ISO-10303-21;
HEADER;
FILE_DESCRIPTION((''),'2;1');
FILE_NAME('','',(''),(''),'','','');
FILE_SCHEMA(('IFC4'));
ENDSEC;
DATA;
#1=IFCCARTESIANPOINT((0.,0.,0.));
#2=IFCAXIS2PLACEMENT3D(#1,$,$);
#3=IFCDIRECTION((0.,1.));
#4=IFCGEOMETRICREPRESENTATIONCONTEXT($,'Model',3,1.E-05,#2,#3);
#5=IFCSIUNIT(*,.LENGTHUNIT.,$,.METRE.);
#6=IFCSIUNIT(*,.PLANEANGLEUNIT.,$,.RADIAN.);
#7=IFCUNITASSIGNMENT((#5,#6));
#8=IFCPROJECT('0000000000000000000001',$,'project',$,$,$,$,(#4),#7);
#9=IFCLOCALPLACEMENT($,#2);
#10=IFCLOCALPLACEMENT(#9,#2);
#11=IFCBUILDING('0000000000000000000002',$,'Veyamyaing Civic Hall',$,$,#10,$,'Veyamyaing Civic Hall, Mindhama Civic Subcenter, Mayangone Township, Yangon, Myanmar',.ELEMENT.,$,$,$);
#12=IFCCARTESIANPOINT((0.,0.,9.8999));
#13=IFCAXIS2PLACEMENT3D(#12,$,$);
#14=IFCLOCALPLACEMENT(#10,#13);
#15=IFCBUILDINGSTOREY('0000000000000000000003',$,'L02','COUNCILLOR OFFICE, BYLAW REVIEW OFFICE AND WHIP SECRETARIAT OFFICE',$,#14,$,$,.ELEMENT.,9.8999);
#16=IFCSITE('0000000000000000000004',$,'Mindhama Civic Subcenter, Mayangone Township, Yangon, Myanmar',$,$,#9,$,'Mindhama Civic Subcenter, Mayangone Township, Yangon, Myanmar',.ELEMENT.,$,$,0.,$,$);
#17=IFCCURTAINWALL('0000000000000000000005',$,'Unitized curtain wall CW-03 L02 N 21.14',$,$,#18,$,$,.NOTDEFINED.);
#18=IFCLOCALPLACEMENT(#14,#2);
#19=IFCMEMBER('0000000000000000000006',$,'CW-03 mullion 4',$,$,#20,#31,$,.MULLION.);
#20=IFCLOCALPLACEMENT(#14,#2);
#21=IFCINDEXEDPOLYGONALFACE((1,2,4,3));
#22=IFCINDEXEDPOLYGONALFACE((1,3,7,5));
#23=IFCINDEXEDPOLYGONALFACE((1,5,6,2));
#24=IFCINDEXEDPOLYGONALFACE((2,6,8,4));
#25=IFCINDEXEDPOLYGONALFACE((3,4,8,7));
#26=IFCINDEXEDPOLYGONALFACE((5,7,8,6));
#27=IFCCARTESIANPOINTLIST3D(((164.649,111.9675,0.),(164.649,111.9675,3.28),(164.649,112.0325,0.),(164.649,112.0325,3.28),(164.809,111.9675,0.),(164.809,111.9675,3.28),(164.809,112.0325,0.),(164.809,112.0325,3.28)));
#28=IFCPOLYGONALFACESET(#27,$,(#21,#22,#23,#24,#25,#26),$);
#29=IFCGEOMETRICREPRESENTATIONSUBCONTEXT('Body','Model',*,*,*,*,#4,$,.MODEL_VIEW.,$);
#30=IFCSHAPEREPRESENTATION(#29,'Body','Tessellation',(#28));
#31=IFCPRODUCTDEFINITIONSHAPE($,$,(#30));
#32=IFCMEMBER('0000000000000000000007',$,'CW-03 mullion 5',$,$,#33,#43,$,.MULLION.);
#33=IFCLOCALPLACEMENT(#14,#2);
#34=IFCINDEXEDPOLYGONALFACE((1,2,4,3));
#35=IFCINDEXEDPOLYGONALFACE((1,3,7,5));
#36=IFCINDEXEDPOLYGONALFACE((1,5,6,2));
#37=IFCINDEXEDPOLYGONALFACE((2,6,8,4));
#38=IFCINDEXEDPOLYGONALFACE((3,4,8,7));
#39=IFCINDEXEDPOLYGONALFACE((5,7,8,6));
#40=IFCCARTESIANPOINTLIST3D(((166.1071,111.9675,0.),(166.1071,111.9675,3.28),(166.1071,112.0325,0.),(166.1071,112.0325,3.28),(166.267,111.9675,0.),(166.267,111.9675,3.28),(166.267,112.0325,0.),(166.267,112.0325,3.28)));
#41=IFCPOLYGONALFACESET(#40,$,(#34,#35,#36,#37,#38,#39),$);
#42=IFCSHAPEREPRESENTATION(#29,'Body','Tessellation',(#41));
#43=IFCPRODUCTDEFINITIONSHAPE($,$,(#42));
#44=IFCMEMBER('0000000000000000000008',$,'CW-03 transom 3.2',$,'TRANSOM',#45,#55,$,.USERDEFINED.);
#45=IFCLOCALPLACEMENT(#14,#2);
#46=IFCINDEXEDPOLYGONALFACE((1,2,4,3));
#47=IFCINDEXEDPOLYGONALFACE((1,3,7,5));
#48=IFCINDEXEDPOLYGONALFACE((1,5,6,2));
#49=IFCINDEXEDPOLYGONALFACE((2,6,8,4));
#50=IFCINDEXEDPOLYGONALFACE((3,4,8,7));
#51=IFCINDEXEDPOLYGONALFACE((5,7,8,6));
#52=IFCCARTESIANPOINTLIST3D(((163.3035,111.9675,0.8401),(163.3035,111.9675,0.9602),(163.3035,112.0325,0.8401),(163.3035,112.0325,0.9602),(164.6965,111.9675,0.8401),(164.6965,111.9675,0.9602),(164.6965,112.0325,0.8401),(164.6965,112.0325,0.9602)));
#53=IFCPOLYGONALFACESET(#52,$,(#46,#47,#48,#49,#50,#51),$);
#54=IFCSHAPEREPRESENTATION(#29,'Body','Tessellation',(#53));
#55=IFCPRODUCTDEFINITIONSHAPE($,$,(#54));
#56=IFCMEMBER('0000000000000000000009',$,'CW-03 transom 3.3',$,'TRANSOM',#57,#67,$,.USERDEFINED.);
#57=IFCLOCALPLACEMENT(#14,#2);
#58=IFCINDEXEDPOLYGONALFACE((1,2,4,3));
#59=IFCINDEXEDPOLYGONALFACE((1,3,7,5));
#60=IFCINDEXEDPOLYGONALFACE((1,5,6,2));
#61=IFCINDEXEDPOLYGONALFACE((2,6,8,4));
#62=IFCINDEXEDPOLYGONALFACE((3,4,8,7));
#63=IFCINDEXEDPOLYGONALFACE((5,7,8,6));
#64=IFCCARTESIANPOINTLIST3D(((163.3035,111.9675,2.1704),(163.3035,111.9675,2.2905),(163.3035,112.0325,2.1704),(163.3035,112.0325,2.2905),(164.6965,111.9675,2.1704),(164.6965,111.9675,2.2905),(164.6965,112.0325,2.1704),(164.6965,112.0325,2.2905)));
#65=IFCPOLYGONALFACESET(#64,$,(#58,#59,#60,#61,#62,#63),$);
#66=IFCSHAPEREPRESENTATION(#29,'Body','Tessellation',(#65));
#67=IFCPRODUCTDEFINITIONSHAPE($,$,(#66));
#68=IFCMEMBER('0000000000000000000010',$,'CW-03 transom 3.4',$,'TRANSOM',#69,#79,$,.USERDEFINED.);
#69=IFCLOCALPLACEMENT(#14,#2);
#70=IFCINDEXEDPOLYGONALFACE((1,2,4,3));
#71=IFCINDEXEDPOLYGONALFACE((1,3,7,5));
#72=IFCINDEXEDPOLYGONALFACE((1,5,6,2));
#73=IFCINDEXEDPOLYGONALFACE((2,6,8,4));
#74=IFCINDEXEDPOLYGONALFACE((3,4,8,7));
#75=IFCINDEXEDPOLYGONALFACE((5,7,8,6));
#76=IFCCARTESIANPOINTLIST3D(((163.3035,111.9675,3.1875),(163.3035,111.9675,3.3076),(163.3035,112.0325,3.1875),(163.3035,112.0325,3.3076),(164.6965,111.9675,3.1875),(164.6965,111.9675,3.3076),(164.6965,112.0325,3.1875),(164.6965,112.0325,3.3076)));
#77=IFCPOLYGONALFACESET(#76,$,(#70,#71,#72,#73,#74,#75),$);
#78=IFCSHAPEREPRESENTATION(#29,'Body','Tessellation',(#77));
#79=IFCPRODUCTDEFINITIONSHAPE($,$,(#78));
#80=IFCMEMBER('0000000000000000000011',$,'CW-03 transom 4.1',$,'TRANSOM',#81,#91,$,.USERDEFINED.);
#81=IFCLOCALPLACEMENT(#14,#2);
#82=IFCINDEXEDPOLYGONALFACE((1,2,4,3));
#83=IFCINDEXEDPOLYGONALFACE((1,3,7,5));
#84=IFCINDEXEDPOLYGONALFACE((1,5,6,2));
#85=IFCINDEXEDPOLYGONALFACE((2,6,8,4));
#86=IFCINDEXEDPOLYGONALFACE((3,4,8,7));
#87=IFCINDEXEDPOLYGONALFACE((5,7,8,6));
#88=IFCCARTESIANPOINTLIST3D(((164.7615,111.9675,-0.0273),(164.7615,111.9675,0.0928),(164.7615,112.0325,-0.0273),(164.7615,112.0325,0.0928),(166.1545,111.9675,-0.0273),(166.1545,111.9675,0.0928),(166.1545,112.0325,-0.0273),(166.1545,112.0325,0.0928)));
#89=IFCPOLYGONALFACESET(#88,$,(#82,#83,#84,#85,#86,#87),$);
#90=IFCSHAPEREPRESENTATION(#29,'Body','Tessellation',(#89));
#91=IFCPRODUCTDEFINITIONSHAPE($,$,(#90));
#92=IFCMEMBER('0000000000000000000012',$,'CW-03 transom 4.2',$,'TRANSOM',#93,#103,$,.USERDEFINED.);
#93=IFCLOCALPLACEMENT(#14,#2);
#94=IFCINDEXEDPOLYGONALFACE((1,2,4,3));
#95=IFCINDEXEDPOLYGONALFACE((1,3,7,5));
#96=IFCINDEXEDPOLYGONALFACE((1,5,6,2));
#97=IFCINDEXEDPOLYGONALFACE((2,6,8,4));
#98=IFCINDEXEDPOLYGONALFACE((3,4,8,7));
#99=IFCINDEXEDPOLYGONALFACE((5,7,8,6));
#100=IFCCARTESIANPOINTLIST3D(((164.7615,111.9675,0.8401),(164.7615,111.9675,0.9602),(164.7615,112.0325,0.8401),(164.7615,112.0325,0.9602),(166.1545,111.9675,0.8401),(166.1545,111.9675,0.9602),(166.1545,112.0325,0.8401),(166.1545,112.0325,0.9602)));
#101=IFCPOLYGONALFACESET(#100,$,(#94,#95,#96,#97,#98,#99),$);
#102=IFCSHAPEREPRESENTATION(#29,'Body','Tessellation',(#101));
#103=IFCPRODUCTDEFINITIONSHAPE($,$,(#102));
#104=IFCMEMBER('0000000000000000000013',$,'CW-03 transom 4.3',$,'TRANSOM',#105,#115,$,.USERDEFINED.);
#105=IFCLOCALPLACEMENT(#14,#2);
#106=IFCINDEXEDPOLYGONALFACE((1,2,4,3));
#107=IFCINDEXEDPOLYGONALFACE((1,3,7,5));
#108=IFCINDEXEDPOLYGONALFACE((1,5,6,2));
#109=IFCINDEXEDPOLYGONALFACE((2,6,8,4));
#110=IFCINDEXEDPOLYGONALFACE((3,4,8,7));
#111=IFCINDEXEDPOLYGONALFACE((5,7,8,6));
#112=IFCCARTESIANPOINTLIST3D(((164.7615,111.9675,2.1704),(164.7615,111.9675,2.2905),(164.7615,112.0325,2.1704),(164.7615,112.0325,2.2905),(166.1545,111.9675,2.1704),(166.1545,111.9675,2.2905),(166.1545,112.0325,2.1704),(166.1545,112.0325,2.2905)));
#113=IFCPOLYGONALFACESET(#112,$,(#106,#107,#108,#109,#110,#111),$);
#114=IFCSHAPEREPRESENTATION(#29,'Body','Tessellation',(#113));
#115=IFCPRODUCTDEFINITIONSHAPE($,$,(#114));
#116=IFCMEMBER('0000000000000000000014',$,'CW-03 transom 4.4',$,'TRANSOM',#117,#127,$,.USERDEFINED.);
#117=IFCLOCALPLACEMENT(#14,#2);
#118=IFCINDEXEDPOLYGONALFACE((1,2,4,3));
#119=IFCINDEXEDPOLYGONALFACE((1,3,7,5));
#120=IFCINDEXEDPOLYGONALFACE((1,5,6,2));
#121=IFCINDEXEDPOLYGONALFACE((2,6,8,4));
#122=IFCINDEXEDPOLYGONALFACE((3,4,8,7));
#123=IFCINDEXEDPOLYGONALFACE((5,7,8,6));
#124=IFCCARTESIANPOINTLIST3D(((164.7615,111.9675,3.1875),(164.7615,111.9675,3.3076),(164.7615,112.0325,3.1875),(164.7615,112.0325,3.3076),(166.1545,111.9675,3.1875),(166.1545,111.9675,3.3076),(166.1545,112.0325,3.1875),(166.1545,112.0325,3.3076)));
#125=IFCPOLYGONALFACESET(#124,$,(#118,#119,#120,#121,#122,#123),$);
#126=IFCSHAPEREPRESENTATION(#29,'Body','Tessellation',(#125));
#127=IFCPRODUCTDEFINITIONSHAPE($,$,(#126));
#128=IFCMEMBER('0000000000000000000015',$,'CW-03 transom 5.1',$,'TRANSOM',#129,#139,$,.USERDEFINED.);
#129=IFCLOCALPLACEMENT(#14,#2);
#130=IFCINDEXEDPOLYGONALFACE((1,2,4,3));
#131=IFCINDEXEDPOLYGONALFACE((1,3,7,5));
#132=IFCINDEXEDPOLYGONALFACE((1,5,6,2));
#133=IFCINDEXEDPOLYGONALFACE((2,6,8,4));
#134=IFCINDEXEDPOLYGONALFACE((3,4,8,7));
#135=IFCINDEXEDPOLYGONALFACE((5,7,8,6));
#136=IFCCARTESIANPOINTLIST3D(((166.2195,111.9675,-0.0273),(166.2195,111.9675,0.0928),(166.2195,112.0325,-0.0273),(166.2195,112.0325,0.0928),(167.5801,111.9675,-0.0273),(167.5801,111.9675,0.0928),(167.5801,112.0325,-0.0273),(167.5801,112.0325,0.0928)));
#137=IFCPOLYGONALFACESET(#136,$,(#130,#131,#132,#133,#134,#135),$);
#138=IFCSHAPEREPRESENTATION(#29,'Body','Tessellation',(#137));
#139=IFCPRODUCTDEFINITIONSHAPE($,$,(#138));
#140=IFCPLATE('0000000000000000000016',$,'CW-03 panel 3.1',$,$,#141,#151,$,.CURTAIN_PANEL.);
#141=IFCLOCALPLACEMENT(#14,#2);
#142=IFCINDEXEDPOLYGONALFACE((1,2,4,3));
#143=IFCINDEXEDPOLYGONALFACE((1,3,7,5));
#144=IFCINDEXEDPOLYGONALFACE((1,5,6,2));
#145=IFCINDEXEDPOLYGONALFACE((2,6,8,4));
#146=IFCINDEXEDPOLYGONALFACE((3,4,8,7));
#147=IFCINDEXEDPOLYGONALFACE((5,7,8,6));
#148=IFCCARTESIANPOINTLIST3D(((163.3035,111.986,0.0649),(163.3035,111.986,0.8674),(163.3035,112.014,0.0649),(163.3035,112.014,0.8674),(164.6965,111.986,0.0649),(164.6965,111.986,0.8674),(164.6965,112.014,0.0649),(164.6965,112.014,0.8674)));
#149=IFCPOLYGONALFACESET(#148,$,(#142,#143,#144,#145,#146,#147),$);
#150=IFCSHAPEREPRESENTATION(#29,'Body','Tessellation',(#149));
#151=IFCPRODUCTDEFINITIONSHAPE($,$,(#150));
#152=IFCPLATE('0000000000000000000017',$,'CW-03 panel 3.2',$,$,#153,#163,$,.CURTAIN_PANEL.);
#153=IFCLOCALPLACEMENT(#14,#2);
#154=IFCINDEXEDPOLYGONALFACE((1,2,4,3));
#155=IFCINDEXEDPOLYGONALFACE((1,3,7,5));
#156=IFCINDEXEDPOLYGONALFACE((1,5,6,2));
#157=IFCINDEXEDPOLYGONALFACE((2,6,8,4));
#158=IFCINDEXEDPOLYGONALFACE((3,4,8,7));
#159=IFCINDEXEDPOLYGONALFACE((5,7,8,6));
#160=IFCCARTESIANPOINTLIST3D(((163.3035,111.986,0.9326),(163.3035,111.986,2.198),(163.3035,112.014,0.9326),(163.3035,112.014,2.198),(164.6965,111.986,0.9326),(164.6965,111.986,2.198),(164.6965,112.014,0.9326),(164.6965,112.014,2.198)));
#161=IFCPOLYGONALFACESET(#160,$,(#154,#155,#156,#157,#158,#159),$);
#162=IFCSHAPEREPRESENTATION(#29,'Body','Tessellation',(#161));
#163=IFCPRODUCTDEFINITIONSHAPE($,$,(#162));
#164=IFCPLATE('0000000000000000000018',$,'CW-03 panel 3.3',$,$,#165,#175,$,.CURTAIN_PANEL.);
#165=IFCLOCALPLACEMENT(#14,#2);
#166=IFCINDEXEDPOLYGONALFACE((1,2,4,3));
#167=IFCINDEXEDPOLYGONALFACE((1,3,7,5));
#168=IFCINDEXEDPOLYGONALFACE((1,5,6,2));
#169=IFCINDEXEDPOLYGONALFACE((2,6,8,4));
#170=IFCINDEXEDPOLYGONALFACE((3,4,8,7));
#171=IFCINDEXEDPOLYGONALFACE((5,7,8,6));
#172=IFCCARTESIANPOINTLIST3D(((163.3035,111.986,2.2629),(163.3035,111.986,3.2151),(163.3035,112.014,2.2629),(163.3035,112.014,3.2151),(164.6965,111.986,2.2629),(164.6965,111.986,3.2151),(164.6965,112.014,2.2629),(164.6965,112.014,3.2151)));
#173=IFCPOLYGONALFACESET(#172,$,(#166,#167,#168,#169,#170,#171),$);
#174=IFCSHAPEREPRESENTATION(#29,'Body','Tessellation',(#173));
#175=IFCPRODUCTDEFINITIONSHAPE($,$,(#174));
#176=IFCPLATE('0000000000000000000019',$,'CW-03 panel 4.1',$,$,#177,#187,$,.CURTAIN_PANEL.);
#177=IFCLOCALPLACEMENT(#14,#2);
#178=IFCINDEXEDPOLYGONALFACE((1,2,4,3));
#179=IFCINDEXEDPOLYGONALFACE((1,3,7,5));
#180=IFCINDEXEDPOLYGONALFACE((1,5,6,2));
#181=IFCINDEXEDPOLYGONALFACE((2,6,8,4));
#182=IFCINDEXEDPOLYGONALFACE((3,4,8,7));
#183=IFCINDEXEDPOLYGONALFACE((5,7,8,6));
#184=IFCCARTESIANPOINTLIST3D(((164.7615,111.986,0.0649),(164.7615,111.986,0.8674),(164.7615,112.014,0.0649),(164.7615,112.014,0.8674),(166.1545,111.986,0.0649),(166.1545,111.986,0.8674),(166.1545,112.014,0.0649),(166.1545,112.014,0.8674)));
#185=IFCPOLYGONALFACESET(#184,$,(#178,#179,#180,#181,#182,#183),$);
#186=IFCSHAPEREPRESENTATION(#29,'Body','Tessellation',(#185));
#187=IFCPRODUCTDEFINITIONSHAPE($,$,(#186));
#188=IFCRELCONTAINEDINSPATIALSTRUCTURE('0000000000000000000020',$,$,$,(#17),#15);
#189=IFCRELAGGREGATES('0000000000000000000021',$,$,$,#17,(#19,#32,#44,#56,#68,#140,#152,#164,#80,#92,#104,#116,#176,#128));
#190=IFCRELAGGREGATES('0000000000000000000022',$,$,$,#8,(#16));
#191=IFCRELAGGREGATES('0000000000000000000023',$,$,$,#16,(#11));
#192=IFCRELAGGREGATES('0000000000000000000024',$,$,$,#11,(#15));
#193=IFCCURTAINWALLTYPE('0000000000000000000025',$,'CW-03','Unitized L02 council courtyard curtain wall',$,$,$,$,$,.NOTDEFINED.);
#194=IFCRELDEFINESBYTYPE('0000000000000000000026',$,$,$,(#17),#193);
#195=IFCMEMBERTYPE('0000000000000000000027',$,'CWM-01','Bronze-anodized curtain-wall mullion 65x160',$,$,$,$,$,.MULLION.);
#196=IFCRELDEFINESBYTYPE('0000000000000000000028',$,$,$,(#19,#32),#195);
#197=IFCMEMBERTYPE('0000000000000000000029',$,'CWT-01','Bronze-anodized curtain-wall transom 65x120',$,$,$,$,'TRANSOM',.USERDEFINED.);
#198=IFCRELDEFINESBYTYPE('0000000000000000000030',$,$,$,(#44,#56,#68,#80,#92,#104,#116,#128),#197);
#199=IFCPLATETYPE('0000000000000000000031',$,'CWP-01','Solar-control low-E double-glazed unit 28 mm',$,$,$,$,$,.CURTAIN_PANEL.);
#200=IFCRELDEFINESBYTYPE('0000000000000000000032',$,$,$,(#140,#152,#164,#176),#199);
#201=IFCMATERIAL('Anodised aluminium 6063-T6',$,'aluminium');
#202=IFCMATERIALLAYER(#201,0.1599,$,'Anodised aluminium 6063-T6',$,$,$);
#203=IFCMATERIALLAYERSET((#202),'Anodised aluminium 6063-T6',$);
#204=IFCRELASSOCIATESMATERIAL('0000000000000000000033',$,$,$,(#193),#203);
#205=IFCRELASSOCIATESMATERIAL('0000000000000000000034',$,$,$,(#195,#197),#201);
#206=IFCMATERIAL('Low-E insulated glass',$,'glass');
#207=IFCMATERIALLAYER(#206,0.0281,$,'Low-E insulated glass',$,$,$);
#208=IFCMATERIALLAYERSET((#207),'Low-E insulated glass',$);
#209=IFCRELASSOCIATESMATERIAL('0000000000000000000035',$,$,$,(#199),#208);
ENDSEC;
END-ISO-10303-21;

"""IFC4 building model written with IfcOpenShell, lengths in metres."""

from ifc_helpers import new_model, si_unit, direction, frame, origin, origin_2d, place, context, subcontext, project, spatial, rectangle, extrude, material, layer, layer_set, material_profile, profile_set, type_object, element, aggregate, save


model = new_model("IFC4")

# Units and contexts
model_context = context("Model", 3, precision=1e-05, world=origin(), true_north=direction((0.0, 1.0)))
body_context = subcontext(model_context, "Body", "Model", "MODEL_VIEW")
ifc_project = project(units=[si_unit("LENGTHUNIT", "METRE"), si_unit("PLANEANGLEUNIT", "RADIAN")], contexts=[model_context])

# Site, building, storey
site_placement = place(None, origin())
site = spatial("IfcSite", under=ifc_project, at=site_placement, Name="Mindhama Civic Subcenter, Mayangone Township, Yangon, Myanmar", LongName="Mindhama Civic Subcenter, Mayangone Township, Yangon, Myanmar", CompositionType="ELEMENT", RefElevation=0.0)
building_placement = place(site_placement, origin())
building = spatial("IfcBuilding", under=site, at=building_placement, Name="Veyamyaing Civic Hall", LongName="Veyamyaing Civic Hall, Mindhama Civic Subcenter, Mayangone Township, Yangon, Myanmar", CompositionType="ELEMENT")
storey_placement = place(building_placement, frame((0.0, 0.0, 9.8999)))
storey = spatial("IfcBuildingStorey", under=building, at=storey_placement, Name="L02", Description="COUNCILLOR OFFICE, BYLAW REVIEW OFFICE AND WHIP SECRETARIAT OFFICE", CompositionType="ELEMENT", Elevation=9.8999)

# Curtain wall, members, plates
ifc_material_1 = material(Name="Anodised aluminium 6063-T6", Category="aluminium")
ifc_layer_1 = layer(ifc_material_1, 0.1599, Name="Anodised aluminium 6063-T6")
ifc_layer_set_1 = layer_set([ifc_layer_1], Name="Anodised aluminium 6063-T6")
curtain_wall_type = type_object("IfcCurtainWallType", Name="CW-03", Description="Unitized L02 council courtyard curtain wall", PredefinedType="NOTDEFINED", material=ifc_layer_set_1)
curtain_wall_placement = place(storey_placement, origin())
curtain_wall = element("IfcCurtainWall", 1, at=curtain_wall_placement, inside=storey, type_object=curtain_wall_type, Name="Unitized curtain wall CW-03 L02 N 21.14", PredefinedType="NOTDEFINED")
ifc_material_profile_1 = material_profile(ifc_material_1, rectangle(XDim=0.0649, YDim=0.1599, at=origin_2d()), Name="ALU-MUL-65X160")
ifc_profile_set_1 = profile_set([ifc_material_profile_1], Name="Anodised aluminium 6063-T6")
member_type_1 = type_object("IfcMemberType", Name="CWM-01", Description="Bronze-anodized curtain-wall mullion 65x160", PredefinedType="MULLION", material=ifc_profile_set_1)
member_1_placement = place(storey_placement, frame((164.729, 112.0, 0.0), z_axis=(0.0, 0.0, 1.0), x_axis=(0.0, 1.0, 0.0)))
member_1 = element("IfcMember", 2, at=member_1_placement, type_object=member_type_1, Name="CW-03 mullion 4", PredefinedType="MULLION", context=body_context, shape_type="SweptSolid", body=[
    extrude(rectangle(XDim=0.0649, YDim=0.1599, at=origin_2d()), origin(), (0.0, 0.0, 1.0), 3.28),
])
member_2_placement = place(storey_placement, frame((166.187, 112.0, 0.0), z_axis=(0.0, 0.0, 1.0), x_axis=(0.0, 1.0, 0.0)))
member_2 = element("IfcMember", 3, at=member_2_placement, type_object=member_type_1, Name="CW-03 mullion 5", PredefinedType="MULLION", context=body_context, shape_type="SweptSolid", body=[
    extrude(rectangle(XDim=0.0649, YDim=0.1599, at=origin_2d()), origin(), (0.0, 0.0, 1.0), 3.28),
])
ifc_material_profile_2 = material_profile(ifc_material_1, rectangle(XDim=0.0649, YDim=0.1201, at=origin_2d()), Name="ALU-TRN-65X120")
ifc_profile_set_2 = profile_set([ifc_material_profile_2], Name="Anodised aluminium 6063-T6")
member_type_2 = type_object("IfcMemberType", Name="CWT-01", Description="Bronze-anodized curtain-wall transom 65x120", ElementType="TRANSOM", PredefinedType="USERDEFINED", material=ifc_profile_set_2)
member_3_placement = place(storey_placement, frame((163.3035, 112.0, 0.9001), z_axis=(1.0, 0.0, 0.0), x_axis=(0.0, 1.0, 0.0)))
member_3 = element("IfcMember", 4, at=member_3_placement, type_object=member_type_2, Name="CW-03 transom 3.2", ObjectType="TRANSOM", PredefinedType="USERDEFINED", context=body_context, shape_type="SweptSolid", body=[
    extrude(rectangle(XDim=0.0649, YDim=0.1201, at=origin_2d()), origin(), (0.0, 0.0, 1.0), 1.3931),
])
member_4_placement = place(storey_placement, frame((163.3035, 112.0, 2.2305), z_axis=(1.0, 0.0, 0.0), x_axis=(0.0, 1.0, 0.0)))
member_4 = element("IfcMember", 5, at=member_4_placement, type_object=member_type_2, Name="CW-03 transom 3.3", ObjectType="TRANSOM", PredefinedType="USERDEFINED", context=body_context, shape_type="SweptSolid", body=[
    extrude(rectangle(XDim=0.0649, YDim=0.1201, at=origin_2d()), origin(), (0.0, 0.0, 1.0), 1.3931),
])
member_5_placement = place(storey_placement, frame((163.3035, 112.0, 3.2476), z_axis=(1.0, 0.0, 0.0), x_axis=(0.0, 1.0, 0.0)))
member_5 = element("IfcMember", 6, at=member_5_placement, type_object=member_type_2, Name="CW-03 transom 3.4", ObjectType="TRANSOM", PredefinedType="USERDEFINED", context=body_context, shape_type="SweptSolid", body=[
    extrude(rectangle(XDim=0.0649, YDim=0.1201, at=origin_2d()), origin(), (0.0, 0.0, 1.0), 1.3931),
])
member_6_placement = place(storey_placement, frame((164.7615, 112.0, 0.0327), z_axis=(1.0, 0.0, 0.0), x_axis=(0.0, 1.0, 0.0)))
member_6 = element("IfcMember", 7, at=member_6_placement, type_object=member_type_2, Name="CW-03 transom 4.1", ObjectType="TRANSOM", PredefinedType="USERDEFINED", context=body_context, shape_type="SweptSolid", body=[
    extrude(rectangle(XDim=0.0649, YDim=0.1201, at=origin_2d()), origin(), (0.0, 0.0, 1.0), 1.3931),
])
member_7_placement = place(storey_placement, frame((164.7615, 112.0, 0.9001), z_axis=(1.0, 0.0, 0.0), x_axis=(0.0, 1.0, 0.0)))
member_7 = element("IfcMember", 8, at=member_7_placement, type_object=member_type_2, Name="CW-03 transom 4.2", ObjectType="TRANSOM", PredefinedType="USERDEFINED", context=body_context, shape_type="SweptSolid", body=[
    extrude(rectangle(XDim=0.0649, YDim=0.1201, at=origin_2d()), origin(), (0.0, 0.0, 1.0), 1.3931),
])
member_8_placement = place(storey_placement, frame((164.7615, 112.0, 2.2305), z_axis=(1.0, 0.0, 0.0), x_axis=(0.0, 1.0, 0.0)))
member_8 = element("IfcMember", 9, at=member_8_placement, type_object=member_type_2, Name="CW-03 transom 4.3", ObjectType="TRANSOM", PredefinedType="USERDEFINED", context=body_context, shape_type="SweptSolid", body=[
    extrude(rectangle(XDim=0.0649, YDim=0.1201, at=origin_2d()), origin(), (0.0, 0.0, 1.0), 1.3931),
])
member_9_placement = place(storey_placement, frame((164.7615, 112.0, 3.2476), z_axis=(1.0, 0.0, 0.0), x_axis=(0.0, 1.0, 0.0)))
member_9 = element("IfcMember", 10, at=member_9_placement, type_object=member_type_2, Name="CW-03 transom 4.4", ObjectType="TRANSOM", PredefinedType="USERDEFINED", context=body_context, shape_type="SweptSolid", body=[
    extrude(rectangle(XDim=0.0649, YDim=0.1201, at=origin_2d()), origin(), (0.0, 0.0, 1.0), 1.3931),
])
member_10_placement = place(storey_placement, frame((166.2195, 112.0, 0.0327), z_axis=(1.0, 0.0, 0.0), x_axis=(0.0, 1.0, 0.0)))
member_10 = element("IfcMember", 11, at=member_10_placement, type_object=member_type_2, Name="CW-03 transom 5.1", ObjectType="TRANSOM", PredefinedType="USERDEFINED", context=body_context, shape_type="SweptSolid", body=[
    extrude(rectangle(XDim=0.0649, YDim=0.1201, at=origin_2d()), origin(), (0.0, 0.0, 1.0), 1.3606),
])
ifc_material_2 = material(Name="Low-E insulated glass", Category="glass")
ifc_layer_2 = layer(ifc_material_2, 0.0281, Name="Low-E insulated glass")
ifc_layer_set_2 = layer_set([ifc_layer_2], Name="Low-E insulated glass")
plate_type = type_object("IfcPlateType", Name="CWP-01", Description="Solar-control low-E double-glazed unit 28 mm", PredefinedType="CURTAIN_PANEL", material=ifc_layer_set_2)
plate_1_placement = place(storey_placement, frame((164.0, 112.0, 0.0649), z_axis=(0.0, 0.0, 1.0), x_axis=(1.0, 0.0, 0.0)))
plate_1 = element("IfcPlate", 12, at=plate_1_placement, type_object=plate_type, Name="CW-03 panel 3.1", PredefinedType="CURTAIN_PANEL", context=body_context, shape_type="SweptSolid", body=[
    extrude(rectangle(XDim=1.3931, YDim=0.0281, at=origin_2d()), origin(), (0.0, 0.0, 1.0), 0.8025),
])
plate_2_placement = place(storey_placement, frame((164.0, 112.0, 0.9326), z_axis=(0.0, 0.0, 1.0), x_axis=(1.0, 0.0, 0.0)))
plate_2 = element("IfcPlate", 13, at=plate_2_placement, type_object=plate_type, Name="CW-03 panel 3.2", PredefinedType="CURTAIN_PANEL", context=body_context, shape_type="SweptSolid", body=[
    extrude(rectangle(XDim=1.3931, YDim=0.0281, at=origin_2d()), origin(), (0.0, 0.0, 1.0), 1.2654),
])
plate_3_placement = place(storey_placement, frame((164.0, 112.0, 2.2629), z_axis=(0.0, 0.0, 1.0), x_axis=(1.0, 0.0, 0.0)))
plate_3 = element("IfcPlate", 14, at=plate_3_placement, type_object=plate_type, Name="CW-03 panel 3.3", PredefinedType="CURTAIN_PANEL", context=body_context, shape_type="SweptSolid", body=[
    extrude(rectangle(XDim=1.3931, YDim=0.0281, at=origin_2d()), origin(), (0.0, 0.0, 1.0), 0.9521),
])
plate_4_placement = place(storey_placement, frame((165.458, 112.0, 0.0649), z_axis=(0.0, 0.0, 1.0), x_axis=(1.0, 0.0, 0.0)))
plate_4 = element("IfcPlate", 15, at=plate_4_placement, type_object=plate_type, Name="CW-03 panel 4.1", PredefinedType="CURTAIN_PANEL", context=body_context, shape_type="SweptSolid", body=[
    extrude(rectangle(XDim=1.3931, YDim=0.0281, at=origin_2d()), origin(), (0.0, 0.0, 1.0), 0.8025),
])
aggregate(curtain_wall, [member_1, member_2, member_3, member_4, member_5, plate_1, plate_2, plate_3, member_6, member_7, member_8, member_9, plate_4, member_10])

save(model, "model.ifc")
